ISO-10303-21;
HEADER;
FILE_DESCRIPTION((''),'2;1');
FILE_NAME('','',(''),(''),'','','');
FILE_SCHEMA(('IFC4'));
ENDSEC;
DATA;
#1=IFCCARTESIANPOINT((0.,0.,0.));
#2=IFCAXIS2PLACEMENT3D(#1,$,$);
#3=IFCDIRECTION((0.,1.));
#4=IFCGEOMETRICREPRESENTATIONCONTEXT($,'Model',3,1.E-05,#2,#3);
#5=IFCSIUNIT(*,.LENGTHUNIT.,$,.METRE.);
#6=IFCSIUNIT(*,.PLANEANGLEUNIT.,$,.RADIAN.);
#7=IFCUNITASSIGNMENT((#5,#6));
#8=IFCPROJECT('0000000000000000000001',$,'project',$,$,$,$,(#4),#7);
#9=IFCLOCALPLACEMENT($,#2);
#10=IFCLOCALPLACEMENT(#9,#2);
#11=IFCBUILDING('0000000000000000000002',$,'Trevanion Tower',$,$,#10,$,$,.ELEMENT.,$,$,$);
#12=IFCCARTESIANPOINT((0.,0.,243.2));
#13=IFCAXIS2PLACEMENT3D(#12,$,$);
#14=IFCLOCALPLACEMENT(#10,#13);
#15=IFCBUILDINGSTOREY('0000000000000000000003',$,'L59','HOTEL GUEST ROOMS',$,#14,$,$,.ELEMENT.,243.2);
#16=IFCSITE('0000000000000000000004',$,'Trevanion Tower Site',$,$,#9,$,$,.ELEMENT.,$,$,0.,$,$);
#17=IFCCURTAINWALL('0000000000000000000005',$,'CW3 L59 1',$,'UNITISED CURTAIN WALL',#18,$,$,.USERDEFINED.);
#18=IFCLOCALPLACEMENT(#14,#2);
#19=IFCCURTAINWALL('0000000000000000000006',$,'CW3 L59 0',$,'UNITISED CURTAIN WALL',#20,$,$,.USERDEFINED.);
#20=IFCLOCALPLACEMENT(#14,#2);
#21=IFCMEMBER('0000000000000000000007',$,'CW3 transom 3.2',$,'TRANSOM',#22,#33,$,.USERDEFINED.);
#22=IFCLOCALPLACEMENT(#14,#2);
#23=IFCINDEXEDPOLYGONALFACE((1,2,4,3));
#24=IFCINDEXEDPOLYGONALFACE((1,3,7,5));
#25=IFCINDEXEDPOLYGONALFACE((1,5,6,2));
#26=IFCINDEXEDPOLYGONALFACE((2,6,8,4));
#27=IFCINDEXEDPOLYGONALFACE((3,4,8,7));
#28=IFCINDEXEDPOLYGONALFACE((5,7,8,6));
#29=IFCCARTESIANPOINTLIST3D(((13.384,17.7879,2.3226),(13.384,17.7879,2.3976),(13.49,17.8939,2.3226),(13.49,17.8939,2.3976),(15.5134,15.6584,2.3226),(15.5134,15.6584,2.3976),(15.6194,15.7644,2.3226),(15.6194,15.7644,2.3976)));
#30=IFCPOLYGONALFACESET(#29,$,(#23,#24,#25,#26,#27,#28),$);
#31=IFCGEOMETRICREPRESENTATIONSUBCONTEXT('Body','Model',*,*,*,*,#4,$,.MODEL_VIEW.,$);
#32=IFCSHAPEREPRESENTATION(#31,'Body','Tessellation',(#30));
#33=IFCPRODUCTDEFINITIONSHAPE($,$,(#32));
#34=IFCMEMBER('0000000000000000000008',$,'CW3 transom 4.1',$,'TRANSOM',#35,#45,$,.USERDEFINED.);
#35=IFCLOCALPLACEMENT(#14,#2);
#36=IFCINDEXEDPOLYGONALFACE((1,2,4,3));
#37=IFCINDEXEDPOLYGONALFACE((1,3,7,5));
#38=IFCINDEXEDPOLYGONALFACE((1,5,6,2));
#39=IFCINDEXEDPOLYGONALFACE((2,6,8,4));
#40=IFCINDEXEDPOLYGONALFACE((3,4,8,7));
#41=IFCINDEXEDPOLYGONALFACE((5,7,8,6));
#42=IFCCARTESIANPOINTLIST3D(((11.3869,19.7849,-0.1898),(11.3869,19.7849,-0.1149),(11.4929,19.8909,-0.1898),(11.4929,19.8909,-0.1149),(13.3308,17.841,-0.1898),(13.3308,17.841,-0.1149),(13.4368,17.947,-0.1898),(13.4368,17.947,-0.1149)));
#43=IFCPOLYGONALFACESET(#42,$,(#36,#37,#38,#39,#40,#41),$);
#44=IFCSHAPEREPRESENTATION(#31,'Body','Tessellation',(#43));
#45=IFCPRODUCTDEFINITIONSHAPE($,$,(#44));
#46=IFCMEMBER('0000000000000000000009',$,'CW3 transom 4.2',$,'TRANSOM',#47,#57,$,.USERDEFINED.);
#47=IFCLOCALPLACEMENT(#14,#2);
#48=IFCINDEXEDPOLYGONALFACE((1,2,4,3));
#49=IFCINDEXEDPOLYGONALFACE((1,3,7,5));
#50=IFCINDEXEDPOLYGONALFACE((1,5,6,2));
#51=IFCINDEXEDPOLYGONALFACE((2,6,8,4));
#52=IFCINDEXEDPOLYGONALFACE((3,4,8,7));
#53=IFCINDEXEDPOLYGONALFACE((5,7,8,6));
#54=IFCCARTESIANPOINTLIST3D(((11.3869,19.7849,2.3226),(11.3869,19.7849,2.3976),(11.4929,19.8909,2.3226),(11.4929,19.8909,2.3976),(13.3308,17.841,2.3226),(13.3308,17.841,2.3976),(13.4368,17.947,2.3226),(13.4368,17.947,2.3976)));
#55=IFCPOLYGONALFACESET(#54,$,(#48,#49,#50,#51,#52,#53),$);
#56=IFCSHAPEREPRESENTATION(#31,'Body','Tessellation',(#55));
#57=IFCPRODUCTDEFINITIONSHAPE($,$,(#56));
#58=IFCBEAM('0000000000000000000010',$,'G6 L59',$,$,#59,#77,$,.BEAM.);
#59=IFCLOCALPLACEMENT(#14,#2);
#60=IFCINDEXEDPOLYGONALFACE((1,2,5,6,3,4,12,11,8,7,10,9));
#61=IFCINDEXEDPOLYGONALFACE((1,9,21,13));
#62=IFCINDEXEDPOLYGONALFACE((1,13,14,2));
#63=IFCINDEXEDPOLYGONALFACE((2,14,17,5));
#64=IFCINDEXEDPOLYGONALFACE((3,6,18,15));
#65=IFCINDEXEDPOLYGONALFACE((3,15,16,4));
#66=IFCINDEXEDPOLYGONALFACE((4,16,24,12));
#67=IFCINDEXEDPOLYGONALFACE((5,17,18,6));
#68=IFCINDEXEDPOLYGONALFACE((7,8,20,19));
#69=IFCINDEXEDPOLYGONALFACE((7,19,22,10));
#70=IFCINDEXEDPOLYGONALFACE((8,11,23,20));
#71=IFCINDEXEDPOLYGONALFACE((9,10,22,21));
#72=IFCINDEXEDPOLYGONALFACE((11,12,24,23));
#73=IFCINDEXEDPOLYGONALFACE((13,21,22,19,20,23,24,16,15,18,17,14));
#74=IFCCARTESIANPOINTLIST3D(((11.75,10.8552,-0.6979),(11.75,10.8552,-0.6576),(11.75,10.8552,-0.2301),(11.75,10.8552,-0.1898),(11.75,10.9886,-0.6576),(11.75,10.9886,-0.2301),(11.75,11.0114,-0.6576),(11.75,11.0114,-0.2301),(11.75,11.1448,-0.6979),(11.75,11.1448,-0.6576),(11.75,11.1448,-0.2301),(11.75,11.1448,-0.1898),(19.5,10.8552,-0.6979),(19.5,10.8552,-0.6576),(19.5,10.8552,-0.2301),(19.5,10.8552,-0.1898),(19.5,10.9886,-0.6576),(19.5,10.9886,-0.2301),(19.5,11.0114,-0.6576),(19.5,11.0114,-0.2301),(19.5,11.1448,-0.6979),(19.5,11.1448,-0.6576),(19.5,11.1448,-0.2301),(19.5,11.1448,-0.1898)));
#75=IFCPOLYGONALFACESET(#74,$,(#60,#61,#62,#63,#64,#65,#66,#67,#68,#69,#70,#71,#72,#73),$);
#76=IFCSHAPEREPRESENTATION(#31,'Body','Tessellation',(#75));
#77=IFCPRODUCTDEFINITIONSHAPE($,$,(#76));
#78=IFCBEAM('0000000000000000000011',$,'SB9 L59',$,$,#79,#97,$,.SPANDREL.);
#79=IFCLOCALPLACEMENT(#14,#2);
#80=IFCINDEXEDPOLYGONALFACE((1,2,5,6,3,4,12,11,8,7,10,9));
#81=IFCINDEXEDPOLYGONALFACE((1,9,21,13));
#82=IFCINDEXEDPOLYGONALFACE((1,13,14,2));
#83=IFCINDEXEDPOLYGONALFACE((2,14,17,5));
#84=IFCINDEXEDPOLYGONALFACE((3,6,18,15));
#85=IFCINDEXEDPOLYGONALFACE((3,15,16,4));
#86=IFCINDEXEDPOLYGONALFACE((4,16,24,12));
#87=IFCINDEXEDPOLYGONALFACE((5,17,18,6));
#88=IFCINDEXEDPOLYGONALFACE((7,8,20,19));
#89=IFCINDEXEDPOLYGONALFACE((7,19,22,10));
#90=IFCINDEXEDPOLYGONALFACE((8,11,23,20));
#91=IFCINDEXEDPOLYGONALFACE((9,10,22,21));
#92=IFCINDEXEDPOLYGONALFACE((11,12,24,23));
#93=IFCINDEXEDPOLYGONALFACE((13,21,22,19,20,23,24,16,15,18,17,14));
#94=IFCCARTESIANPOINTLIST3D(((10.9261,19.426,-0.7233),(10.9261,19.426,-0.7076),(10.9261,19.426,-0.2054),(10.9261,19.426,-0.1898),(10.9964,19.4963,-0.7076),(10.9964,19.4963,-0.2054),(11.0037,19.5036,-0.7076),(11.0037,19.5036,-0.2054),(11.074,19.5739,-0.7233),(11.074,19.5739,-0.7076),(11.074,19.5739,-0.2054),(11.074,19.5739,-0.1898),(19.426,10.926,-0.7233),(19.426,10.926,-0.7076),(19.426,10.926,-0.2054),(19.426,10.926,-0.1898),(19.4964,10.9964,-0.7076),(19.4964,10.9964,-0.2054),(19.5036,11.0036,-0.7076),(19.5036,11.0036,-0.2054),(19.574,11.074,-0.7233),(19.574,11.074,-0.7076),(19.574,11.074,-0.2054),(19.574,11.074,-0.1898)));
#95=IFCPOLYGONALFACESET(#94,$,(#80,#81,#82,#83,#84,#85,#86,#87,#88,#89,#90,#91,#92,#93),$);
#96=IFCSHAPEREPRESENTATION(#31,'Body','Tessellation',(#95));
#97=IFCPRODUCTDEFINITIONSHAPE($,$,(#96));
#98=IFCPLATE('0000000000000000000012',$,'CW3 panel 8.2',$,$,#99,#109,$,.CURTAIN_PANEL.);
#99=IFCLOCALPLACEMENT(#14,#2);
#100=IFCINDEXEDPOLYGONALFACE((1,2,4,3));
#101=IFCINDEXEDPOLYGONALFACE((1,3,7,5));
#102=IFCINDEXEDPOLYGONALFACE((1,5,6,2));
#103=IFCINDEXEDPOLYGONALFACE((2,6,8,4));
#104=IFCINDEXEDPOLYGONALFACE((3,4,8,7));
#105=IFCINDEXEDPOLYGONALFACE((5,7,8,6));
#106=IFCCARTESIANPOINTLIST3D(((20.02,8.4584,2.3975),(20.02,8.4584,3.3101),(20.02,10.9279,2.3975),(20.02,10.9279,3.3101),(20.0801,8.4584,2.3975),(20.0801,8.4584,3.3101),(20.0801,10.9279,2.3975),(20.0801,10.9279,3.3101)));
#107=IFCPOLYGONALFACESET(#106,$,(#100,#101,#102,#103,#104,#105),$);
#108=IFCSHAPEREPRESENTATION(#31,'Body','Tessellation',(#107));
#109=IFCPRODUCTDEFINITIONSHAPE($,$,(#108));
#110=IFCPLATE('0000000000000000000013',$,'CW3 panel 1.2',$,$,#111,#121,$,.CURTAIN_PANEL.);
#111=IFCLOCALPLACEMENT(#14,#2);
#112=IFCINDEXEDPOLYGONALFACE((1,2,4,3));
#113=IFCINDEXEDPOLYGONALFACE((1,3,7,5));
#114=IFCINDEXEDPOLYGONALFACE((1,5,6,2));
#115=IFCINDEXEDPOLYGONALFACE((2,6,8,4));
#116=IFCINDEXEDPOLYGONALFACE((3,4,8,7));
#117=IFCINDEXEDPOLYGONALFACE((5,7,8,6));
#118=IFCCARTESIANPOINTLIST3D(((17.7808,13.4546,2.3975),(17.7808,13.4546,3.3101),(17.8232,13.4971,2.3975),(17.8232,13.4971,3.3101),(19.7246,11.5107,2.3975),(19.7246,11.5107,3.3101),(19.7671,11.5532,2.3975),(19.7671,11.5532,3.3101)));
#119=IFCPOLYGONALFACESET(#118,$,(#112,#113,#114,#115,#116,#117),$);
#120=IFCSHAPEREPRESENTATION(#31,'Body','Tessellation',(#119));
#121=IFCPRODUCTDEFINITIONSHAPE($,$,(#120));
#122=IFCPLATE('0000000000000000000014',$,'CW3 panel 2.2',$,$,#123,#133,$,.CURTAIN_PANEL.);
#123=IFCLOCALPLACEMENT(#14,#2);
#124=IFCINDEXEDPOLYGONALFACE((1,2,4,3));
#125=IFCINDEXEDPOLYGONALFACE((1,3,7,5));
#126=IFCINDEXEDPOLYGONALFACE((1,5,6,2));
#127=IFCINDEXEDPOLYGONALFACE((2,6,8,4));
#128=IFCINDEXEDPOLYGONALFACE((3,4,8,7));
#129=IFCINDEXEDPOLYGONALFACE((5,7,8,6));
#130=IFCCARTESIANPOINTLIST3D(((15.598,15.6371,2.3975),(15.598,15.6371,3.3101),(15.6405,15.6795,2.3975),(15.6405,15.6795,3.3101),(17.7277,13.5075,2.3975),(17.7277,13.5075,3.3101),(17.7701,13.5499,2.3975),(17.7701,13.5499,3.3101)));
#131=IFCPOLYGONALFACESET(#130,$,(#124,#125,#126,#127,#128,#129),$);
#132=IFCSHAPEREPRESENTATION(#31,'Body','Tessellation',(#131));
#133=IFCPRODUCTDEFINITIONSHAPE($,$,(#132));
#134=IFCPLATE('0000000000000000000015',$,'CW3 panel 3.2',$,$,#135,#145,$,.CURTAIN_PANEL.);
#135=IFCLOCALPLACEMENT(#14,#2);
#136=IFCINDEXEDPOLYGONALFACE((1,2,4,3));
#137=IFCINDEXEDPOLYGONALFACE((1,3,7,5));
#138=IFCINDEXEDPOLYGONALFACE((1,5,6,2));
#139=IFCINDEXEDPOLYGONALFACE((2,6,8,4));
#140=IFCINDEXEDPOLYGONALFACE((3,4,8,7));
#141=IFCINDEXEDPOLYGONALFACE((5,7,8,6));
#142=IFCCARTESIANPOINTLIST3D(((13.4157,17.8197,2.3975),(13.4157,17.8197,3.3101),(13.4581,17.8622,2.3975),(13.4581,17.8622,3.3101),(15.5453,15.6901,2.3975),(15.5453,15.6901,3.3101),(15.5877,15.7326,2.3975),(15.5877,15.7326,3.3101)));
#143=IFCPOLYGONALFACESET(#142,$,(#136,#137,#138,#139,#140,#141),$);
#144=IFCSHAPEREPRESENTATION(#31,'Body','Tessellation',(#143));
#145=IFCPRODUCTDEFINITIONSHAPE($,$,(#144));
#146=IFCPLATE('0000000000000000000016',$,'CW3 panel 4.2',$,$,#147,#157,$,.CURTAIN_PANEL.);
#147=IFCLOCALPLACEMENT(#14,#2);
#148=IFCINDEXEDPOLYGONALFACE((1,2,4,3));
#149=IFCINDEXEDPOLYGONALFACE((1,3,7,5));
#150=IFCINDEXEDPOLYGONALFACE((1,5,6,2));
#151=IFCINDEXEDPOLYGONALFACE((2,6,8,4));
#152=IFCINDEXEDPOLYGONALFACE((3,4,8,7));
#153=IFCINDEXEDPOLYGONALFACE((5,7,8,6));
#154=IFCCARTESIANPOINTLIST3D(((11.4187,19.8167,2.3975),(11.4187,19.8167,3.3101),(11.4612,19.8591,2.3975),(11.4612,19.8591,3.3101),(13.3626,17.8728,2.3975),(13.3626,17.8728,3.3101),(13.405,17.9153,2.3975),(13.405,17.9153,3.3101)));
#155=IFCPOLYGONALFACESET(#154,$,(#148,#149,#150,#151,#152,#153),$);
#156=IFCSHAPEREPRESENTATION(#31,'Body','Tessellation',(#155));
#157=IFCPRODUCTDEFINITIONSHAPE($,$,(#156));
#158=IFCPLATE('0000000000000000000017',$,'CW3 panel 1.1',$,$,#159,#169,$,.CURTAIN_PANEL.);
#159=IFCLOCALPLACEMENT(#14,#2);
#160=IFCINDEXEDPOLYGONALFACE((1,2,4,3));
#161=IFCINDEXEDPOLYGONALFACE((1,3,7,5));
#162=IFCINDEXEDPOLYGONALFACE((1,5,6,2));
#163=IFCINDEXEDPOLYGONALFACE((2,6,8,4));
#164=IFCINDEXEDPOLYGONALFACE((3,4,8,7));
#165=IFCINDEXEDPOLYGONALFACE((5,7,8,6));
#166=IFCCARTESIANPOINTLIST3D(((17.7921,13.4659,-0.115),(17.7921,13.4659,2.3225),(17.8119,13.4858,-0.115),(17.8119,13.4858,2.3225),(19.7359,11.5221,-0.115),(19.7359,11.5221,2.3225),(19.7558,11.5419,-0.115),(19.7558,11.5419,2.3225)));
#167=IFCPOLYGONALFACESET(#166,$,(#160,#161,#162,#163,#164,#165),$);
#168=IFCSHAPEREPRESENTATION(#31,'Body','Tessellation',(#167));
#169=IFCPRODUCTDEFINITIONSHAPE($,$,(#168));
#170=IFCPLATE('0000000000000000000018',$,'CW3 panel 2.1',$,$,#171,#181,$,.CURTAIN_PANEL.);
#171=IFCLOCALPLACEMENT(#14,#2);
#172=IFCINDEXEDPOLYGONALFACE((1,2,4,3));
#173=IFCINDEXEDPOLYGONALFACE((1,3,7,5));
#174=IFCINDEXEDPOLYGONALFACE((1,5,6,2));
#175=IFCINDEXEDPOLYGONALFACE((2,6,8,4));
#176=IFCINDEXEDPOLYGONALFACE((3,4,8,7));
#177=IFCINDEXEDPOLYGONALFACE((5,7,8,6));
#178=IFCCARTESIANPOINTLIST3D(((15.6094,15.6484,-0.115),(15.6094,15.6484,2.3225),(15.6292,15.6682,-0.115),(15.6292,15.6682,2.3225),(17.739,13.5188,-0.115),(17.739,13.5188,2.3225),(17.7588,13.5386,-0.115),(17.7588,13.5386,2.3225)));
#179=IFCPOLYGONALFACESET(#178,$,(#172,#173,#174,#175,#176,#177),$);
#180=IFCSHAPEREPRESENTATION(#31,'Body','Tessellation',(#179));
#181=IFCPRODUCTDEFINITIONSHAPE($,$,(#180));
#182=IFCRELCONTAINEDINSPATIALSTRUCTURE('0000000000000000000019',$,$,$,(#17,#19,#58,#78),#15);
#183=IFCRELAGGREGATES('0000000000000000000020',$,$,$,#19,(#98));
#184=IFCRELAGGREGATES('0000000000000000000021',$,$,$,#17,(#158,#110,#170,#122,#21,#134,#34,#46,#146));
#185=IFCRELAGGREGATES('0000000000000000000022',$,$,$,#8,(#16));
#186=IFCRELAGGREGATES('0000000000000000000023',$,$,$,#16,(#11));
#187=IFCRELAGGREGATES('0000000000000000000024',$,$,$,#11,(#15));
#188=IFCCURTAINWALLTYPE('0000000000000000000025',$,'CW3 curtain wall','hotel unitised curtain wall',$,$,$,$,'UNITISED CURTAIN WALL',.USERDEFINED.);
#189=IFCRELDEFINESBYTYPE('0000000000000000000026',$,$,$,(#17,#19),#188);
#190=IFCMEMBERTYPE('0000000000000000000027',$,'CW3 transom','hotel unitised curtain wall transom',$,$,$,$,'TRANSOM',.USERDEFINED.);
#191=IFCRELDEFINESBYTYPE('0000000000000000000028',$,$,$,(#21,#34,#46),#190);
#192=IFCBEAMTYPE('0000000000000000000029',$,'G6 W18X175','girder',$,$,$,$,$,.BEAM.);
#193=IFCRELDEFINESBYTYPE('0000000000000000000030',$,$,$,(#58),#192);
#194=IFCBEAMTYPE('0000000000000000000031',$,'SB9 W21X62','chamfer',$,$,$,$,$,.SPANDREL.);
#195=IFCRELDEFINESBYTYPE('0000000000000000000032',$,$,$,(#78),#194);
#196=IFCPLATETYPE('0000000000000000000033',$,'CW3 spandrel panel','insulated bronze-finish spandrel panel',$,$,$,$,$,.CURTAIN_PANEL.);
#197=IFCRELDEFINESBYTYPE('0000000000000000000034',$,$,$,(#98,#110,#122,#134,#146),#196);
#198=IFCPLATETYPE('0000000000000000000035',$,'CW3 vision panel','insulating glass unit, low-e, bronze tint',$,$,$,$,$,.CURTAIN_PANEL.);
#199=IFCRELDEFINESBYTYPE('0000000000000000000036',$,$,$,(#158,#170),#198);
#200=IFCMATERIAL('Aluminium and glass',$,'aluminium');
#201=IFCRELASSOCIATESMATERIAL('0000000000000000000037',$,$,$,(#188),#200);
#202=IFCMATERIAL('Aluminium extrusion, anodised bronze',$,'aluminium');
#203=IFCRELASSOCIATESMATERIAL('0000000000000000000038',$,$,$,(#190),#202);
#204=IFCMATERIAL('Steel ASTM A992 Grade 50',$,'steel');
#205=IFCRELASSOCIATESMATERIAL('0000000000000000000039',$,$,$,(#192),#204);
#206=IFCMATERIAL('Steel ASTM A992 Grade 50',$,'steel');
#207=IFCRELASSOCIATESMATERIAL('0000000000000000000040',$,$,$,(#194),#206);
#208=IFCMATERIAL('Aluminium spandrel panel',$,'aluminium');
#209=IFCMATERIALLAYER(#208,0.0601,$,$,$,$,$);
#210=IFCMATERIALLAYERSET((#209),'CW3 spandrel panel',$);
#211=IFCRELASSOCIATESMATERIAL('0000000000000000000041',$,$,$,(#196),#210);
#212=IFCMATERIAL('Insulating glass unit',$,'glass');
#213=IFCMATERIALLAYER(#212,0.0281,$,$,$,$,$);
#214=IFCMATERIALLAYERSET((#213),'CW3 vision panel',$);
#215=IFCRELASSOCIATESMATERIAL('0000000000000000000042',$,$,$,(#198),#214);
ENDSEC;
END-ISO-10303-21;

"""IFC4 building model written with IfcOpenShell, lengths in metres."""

from ifc_helpers import new_model, si_unit, direction, frame, origin, origin_2d, place, context, subcontext, project, spatial, rectangle, i_section, extrude, material, layer, layer_set, material_profile, profile_set, type_object, element, aggregate, save


model = new_model("IFC4")

# Units and contexts
model_context = context("Model", 3, precision=1e-05, world=origin(), true_north=direction((0.0, 1.0)))
body_context = subcontext(model_context, "Body", "Model", "MODEL_VIEW")
ifc_project = project(units=[si_unit("LENGTHUNIT", "METRE"), si_unit("PLANEANGLEUNIT", "RADIAN")], contexts=[model_context])

# Site, building, storey
site_placement = place(None, origin())
site = spatial("IfcSite", under=ifc_project, at=site_placement, Name="Trevanion Tower Site", CompositionType="ELEMENT", RefElevation=0.0)
building_placement = place(site_placement, origin())
building = spatial("IfcBuilding", under=site, at=building_placement, Name="Trevanion Tower", CompositionType="ELEMENT")
storey_placement = place(building_placement, frame((0.0, 0.0, 243.2)))
storey = spatial("IfcBuildingStorey", under=building, at=storey_placement, Name="L59", Description="HOTEL GUEST ROOMS", CompositionType="ELEMENT", Elevation=243.2)

# Curtain wall
ifc_material_1 = material(Name="Aluminium and glass", Category="aluminium")
curtain_wall_type = type_object("IfcCurtainWallType", Name="CW3 curtain wall", Description="hotel unitised curtain wall", ElementType="UNITISED CURTAIN WALL", PredefinedType="USERDEFINED", material=ifc_material_1)
curtain_wall_1_placement = place(storey_placement, origin())
curtain_wall_1 = element("IfcCurtainWall", 1, at=curtain_wall_1_placement, inside=storey, type_object=curtain_wall_type, Name="CW3 L59 1", ObjectType="UNITISED CURTAIN WALL", PredefinedType="USERDEFINED")

# Curtain wall
curtain_wall_2_placement = place(storey_placement, origin())
curtain_wall_2 = element("IfcCurtainWall", 2, at=curtain_wall_2_placement, inside=storey, type_object=curtain_wall_type, Name="CW3 L59 0", ObjectType="UNITISED CURTAIN WALL", PredefinedType="USERDEFINED")

# Members
ifc_material_2 = material(Name="Aluminium extrusion, anodised bronze", Category="aluminium")
ifc_material_profile_1 = material_profile(ifc_material_2, rectangle(XDim=0.1499, YDim=0.075, at=origin_2d()), Name="CW3 transom")
ifc_profile_set_1 = profile_set([ifc_material_profile_1], Name="Aluminium extrusion, anodised bronze")
member_type_1 = type_object("IfcMemberType", Name="CW3 transom", Description="hotel unitised curtain wall transom", ElementType="TRANSOM", PredefinedType="USERDEFINED", material=ifc_profile_set_1)
member_1_placement = place(storey_placement, frame((15.5664, 15.7114, 2.3601), z_axis=(-0.707107, 0.707107, 0.0), x_axis=(-0.707107, -0.707107, 0.0)))
member_1 = element("IfcMember", 3, at=member_1_placement, type_object=member_type_1, Name="CW3 transom 3.2", ObjectType="TRANSOM", PredefinedType="USERDEFINED", context=body_context, shape_type="SweptSolid", body=[
    extrude(rectangle(XDim=0.1499, YDim=0.075, at=origin_2d()), origin(), (0.0, 0.0, 1.0), 3.0115),
])
member_2_placement = place(storey_placement, frame((13.3838, 17.894, -0.1523), z_axis=(-0.707107, 0.707107, 0.0), x_axis=(-0.707107, -0.707107, 0.0)))
member_2 = element("IfcMember", 4, at=member_2_placement, type_object=member_type_1, Name="CW3 transom 4.1", ObjectType="TRANSOM", PredefinedType="USERDEFINED", context=body_context, shape_type="SweptSolid", body=[
    extrude(rectangle(XDim=0.1499, YDim=0.075, at=origin_2d()), origin(), (0.0, 0.0, 1.0), 2.749),
])
member_3_placement = place(storey_placement, frame((13.3838, 17.894, 2.3601), z_axis=(-0.707107, 0.707107, 0.0), x_axis=(-0.707107, -0.707107, 0.0)))
member_3 = element("IfcMember", 5, at=member_3_placement, type_object=member_type_1, Name="CW3 transom 4.2", ObjectType="TRANSOM", PredefinedType="USERDEFINED", context=body_context, shape_type="SweptSolid", body=[
    extrude(rectangle(XDim=0.1499, YDim=0.075, at=origin_2d()), origin(), (0.0, 0.0, 1.0), 2.749),
])

# Beams
ifc_material_3 = material(Name="Steel ASTM A992 Grade 50", Category="steel")
ifc_material_profile_2 = material_profile(ifc_material_3, i_section(OverallWidth=0.2896, OverallDepth=0.5081, WebThickness=0.0227, FlangeThickness=0.0403, at=origin_2d()), Name="W18X175")
ifc_profile_set_2 = profile_set([ifc_material_profile_2], Name="Steel ASTM A992 Grade 50")
beam_type_1 = type_object("IfcBeamType", Name="G6 W18X175", Description="girder", PredefinedType="BEAM", material=ifc_profile_set_2)
beam_1_placement = place(storey_placement, frame((11.75, 11.0, -0.4438), z_axis=(1.0, 0.0, 0.0), x_axis=(0.0, 1.0, 0.0)))
element("IfcBeam", 6, at=beam_1_placement, inside=storey, type_object=beam_type_1, Name="G6 L59", PredefinedType="BEAM", context=body_context, shape_type="SweptSolid", body=[
    extrude(i_section(OverallWidth=0.2896, OverallDepth=0.5081, WebThickness=0.0227, FlangeThickness=0.0403, at=origin_2d()), origin(), (0.0, 0.0, 1.0), 7.75),
])
ifc_material_4 = material(Name="Steel ASTM A992 Grade 50", Category="steel")
ifc_material_profile_3 = material_profile(ifc_material_4, i_section(OverallWidth=0.2092, OverallDepth=0.5334, WebThickness=0.0103, FlangeThickness=0.0156, at=origin_2d()), Name="W21X62")
ifc_profile_set_3 = profile_set([ifc_material_profile_3], Name="Steel ASTM A992 Grade 50")
beam_type_2 = type_object("IfcBeamType", Name="SB9 W21X62", Description="chamfer", PredefinedType="SPANDREL", material=ifc_profile_set_3)
beam_2_placement = place(storey_placement, frame((19.5, 11.0, -0.4565), z_axis=(-0.707107, 0.707107, 0.0), x_axis=(-0.707107, -0.707107, 0.0)))
element("IfcBeam", 7, at=beam_2_placement, inside=storey, type_object=beam_type_2, Name="SB9 L59", PredefinedType="SPANDREL", context=body_context, shape_type="SweptSolid", body=[
    extrude(i_section(OverallWidth=0.2092, OverallDepth=0.5334, WebThickness=0.0103, FlangeThickness=0.0156, at=origin_2d()), origin(), (0.0, 0.0, 1.0), 12.0208),
])

# Plates
ifc_material_5 = material(Name="Aluminium spandrel panel", Category="aluminium")
ifc_layer_1 = layer(ifc_material_5, 0.0601)
ifc_layer_set_1 = layer_set([ifc_layer_1], Name="CW3 spandrel panel")
plate_type_1 = type_object("IfcPlateType", Name="CW3 spandrel panel", Description="insulated bronze-finish spandrel panel", PredefinedType="CURTAIN_PANEL", material=ifc_layer_set_1)
plate_1_placement = place(storey_placement, frame((20.05, 9.6931, 2.3975), z_axis=(0.0, 0.0, 1.0), x_axis=(0.0, 1.0, 0.0)))
plate_1 = element("IfcPlate", 8, at=plate_1_placement, type_object=plate_type_1, Name="CW3 panel 8.2", PredefinedType="CURTAIN_PANEL", context=body_context, shape_type="SweptSolid", body=[
    extrude(rectangle(XDim=2.4695, YDim=0.0601, at=origin_2d()), origin(), (0.0, 0.0, 1.0), 0.9126),
])
aggregate(curtain_wall_2, [plate_1])
plate_2_placement = place(storey_placement, frame((18.7739, 12.5039, 2.3975), z_axis=(0.0, 0.0, 1.0), x_axis=(-0.707107, 0.707107, 0.0)))
plate_2 = element("IfcPlate", 9, at=plate_2_placement, type_object=plate_type_1, Name="CW3 panel 1.2", PredefinedType="CURTAIN_PANEL", context=body_context, shape_type="SweptSolid", body=[
    extrude(rectangle(XDim=2.749, YDim=0.0601, at=origin_2d()), origin(), (0.0, 0.0, 1.0), 0.9126),
])
plate_3_placement = place(storey_placement, frame((16.6841, 14.5935, 2.3975), z_axis=(0.0, 0.0, 1.0), x_axis=(-0.707107, 0.707107, 0.0)))
plate_3 = element("IfcPlate", 10, at=plate_3_placement, type_object=plate_type_1, Name="CW3 panel 2.2", PredefinedType="CURTAIN_PANEL", context=body_context, shape_type="SweptSolid", body=[
    extrude(rectangle(XDim=3.0117, YDim=0.0601, at=origin_2d()), origin(), (0.0, 0.0, 1.0), 0.9126),
])
plate_4_placement = place(storey_placement, frame((14.5017, 16.7761, 2.3975), z_axis=(0.0, 0.0, 1.0), x_axis=(-0.707107, 0.707107, 0.0)))
plate_4 = element("IfcPlate", 11, at=plate_4_placement, type_object=plate_type_1, Name="CW3 panel 3.2", PredefinedType="CURTAIN_PANEL", context=body_context, shape_type="SweptSolid", body=[
    extrude(rectangle(XDim=3.0117, YDim=0.0601, at=origin_2d()), origin(), (0.0, 0.0, 1.0), 0.9126),
])
plate_5_placement = place(storey_placement, frame((12.4119, 18.866, 2.3975), z_axis=(0.0, 0.0, 1.0), x_axis=(-0.707107, 0.707107, 0.0)))
plate_5 = element("IfcPlate", 12, at=plate_5_placement, type_object=plate_type_1, Name="CW3 panel 4.2", PredefinedType="CURTAIN_PANEL", context=body_context, shape_type="SweptSolid", body=[
    extrude(rectangle(XDim=2.749, YDim=0.0601, at=origin_2d()), origin(), (0.0, 0.0, 1.0), 0.9126),
])
ifc_material_6 = material(Name="Insulating glass unit", Category="glass")
ifc_layer_2 = layer(ifc_material_6, 0.0281)
ifc_layer_set_2 = layer_set([ifc_layer_2], Name="CW3 vision panel")
plate_type_2 = type_object("IfcPlateType", Name="CW3 vision panel", Description="insulating glass unit, low-e, bronze tint", PredefinedType="CURTAIN_PANEL", material=ifc_layer_set_2)
plate_6_placement = place(storey_placement, frame((18.7739, 12.5039, -0.115), z_axis=(0.0, 0.0, 1.0), x_axis=(-0.707107, 0.707107, 0.0)))
plate_6 = element("IfcPlate", 13, at=plate_6_placement, type_object=plate_type_2, Name="CW3 panel 1.1", PredefinedType="CURTAIN_PANEL", context=body_context, shape_type="SweptSolid", body=[
    extrude(rectangle(XDim=2.749, YDim=0.0281, at=origin_2d()), origin(), (0.0, 0.0, 1.0), 2.4375),
])
plate_7_placement = place(storey_placement, frame((16.6841, 14.5935, -0.115), z_axis=(0.0, 0.0, 1.0), x_axis=(-0.707107, 0.707107, 0.0)))
plate_7 = element("IfcPlate", 14, at=plate_7_placement, type_object=plate_type_2, Name="CW3 panel 2.1", PredefinedType="CURTAIN_PANEL", context=body_context, shape_type="SweptSolid", body=[
    extrude(rectangle(XDim=3.0117, YDim=0.0281, at=origin_2d()), origin(), (0.0, 0.0, 1.0), 2.4375),
])
aggregate(curtain_wall_1, [plate_6, plate_2, plate_7, plate_3, member_1, plate_4, member_2, member_3, plate_5])

save(model, "model.ifc")
